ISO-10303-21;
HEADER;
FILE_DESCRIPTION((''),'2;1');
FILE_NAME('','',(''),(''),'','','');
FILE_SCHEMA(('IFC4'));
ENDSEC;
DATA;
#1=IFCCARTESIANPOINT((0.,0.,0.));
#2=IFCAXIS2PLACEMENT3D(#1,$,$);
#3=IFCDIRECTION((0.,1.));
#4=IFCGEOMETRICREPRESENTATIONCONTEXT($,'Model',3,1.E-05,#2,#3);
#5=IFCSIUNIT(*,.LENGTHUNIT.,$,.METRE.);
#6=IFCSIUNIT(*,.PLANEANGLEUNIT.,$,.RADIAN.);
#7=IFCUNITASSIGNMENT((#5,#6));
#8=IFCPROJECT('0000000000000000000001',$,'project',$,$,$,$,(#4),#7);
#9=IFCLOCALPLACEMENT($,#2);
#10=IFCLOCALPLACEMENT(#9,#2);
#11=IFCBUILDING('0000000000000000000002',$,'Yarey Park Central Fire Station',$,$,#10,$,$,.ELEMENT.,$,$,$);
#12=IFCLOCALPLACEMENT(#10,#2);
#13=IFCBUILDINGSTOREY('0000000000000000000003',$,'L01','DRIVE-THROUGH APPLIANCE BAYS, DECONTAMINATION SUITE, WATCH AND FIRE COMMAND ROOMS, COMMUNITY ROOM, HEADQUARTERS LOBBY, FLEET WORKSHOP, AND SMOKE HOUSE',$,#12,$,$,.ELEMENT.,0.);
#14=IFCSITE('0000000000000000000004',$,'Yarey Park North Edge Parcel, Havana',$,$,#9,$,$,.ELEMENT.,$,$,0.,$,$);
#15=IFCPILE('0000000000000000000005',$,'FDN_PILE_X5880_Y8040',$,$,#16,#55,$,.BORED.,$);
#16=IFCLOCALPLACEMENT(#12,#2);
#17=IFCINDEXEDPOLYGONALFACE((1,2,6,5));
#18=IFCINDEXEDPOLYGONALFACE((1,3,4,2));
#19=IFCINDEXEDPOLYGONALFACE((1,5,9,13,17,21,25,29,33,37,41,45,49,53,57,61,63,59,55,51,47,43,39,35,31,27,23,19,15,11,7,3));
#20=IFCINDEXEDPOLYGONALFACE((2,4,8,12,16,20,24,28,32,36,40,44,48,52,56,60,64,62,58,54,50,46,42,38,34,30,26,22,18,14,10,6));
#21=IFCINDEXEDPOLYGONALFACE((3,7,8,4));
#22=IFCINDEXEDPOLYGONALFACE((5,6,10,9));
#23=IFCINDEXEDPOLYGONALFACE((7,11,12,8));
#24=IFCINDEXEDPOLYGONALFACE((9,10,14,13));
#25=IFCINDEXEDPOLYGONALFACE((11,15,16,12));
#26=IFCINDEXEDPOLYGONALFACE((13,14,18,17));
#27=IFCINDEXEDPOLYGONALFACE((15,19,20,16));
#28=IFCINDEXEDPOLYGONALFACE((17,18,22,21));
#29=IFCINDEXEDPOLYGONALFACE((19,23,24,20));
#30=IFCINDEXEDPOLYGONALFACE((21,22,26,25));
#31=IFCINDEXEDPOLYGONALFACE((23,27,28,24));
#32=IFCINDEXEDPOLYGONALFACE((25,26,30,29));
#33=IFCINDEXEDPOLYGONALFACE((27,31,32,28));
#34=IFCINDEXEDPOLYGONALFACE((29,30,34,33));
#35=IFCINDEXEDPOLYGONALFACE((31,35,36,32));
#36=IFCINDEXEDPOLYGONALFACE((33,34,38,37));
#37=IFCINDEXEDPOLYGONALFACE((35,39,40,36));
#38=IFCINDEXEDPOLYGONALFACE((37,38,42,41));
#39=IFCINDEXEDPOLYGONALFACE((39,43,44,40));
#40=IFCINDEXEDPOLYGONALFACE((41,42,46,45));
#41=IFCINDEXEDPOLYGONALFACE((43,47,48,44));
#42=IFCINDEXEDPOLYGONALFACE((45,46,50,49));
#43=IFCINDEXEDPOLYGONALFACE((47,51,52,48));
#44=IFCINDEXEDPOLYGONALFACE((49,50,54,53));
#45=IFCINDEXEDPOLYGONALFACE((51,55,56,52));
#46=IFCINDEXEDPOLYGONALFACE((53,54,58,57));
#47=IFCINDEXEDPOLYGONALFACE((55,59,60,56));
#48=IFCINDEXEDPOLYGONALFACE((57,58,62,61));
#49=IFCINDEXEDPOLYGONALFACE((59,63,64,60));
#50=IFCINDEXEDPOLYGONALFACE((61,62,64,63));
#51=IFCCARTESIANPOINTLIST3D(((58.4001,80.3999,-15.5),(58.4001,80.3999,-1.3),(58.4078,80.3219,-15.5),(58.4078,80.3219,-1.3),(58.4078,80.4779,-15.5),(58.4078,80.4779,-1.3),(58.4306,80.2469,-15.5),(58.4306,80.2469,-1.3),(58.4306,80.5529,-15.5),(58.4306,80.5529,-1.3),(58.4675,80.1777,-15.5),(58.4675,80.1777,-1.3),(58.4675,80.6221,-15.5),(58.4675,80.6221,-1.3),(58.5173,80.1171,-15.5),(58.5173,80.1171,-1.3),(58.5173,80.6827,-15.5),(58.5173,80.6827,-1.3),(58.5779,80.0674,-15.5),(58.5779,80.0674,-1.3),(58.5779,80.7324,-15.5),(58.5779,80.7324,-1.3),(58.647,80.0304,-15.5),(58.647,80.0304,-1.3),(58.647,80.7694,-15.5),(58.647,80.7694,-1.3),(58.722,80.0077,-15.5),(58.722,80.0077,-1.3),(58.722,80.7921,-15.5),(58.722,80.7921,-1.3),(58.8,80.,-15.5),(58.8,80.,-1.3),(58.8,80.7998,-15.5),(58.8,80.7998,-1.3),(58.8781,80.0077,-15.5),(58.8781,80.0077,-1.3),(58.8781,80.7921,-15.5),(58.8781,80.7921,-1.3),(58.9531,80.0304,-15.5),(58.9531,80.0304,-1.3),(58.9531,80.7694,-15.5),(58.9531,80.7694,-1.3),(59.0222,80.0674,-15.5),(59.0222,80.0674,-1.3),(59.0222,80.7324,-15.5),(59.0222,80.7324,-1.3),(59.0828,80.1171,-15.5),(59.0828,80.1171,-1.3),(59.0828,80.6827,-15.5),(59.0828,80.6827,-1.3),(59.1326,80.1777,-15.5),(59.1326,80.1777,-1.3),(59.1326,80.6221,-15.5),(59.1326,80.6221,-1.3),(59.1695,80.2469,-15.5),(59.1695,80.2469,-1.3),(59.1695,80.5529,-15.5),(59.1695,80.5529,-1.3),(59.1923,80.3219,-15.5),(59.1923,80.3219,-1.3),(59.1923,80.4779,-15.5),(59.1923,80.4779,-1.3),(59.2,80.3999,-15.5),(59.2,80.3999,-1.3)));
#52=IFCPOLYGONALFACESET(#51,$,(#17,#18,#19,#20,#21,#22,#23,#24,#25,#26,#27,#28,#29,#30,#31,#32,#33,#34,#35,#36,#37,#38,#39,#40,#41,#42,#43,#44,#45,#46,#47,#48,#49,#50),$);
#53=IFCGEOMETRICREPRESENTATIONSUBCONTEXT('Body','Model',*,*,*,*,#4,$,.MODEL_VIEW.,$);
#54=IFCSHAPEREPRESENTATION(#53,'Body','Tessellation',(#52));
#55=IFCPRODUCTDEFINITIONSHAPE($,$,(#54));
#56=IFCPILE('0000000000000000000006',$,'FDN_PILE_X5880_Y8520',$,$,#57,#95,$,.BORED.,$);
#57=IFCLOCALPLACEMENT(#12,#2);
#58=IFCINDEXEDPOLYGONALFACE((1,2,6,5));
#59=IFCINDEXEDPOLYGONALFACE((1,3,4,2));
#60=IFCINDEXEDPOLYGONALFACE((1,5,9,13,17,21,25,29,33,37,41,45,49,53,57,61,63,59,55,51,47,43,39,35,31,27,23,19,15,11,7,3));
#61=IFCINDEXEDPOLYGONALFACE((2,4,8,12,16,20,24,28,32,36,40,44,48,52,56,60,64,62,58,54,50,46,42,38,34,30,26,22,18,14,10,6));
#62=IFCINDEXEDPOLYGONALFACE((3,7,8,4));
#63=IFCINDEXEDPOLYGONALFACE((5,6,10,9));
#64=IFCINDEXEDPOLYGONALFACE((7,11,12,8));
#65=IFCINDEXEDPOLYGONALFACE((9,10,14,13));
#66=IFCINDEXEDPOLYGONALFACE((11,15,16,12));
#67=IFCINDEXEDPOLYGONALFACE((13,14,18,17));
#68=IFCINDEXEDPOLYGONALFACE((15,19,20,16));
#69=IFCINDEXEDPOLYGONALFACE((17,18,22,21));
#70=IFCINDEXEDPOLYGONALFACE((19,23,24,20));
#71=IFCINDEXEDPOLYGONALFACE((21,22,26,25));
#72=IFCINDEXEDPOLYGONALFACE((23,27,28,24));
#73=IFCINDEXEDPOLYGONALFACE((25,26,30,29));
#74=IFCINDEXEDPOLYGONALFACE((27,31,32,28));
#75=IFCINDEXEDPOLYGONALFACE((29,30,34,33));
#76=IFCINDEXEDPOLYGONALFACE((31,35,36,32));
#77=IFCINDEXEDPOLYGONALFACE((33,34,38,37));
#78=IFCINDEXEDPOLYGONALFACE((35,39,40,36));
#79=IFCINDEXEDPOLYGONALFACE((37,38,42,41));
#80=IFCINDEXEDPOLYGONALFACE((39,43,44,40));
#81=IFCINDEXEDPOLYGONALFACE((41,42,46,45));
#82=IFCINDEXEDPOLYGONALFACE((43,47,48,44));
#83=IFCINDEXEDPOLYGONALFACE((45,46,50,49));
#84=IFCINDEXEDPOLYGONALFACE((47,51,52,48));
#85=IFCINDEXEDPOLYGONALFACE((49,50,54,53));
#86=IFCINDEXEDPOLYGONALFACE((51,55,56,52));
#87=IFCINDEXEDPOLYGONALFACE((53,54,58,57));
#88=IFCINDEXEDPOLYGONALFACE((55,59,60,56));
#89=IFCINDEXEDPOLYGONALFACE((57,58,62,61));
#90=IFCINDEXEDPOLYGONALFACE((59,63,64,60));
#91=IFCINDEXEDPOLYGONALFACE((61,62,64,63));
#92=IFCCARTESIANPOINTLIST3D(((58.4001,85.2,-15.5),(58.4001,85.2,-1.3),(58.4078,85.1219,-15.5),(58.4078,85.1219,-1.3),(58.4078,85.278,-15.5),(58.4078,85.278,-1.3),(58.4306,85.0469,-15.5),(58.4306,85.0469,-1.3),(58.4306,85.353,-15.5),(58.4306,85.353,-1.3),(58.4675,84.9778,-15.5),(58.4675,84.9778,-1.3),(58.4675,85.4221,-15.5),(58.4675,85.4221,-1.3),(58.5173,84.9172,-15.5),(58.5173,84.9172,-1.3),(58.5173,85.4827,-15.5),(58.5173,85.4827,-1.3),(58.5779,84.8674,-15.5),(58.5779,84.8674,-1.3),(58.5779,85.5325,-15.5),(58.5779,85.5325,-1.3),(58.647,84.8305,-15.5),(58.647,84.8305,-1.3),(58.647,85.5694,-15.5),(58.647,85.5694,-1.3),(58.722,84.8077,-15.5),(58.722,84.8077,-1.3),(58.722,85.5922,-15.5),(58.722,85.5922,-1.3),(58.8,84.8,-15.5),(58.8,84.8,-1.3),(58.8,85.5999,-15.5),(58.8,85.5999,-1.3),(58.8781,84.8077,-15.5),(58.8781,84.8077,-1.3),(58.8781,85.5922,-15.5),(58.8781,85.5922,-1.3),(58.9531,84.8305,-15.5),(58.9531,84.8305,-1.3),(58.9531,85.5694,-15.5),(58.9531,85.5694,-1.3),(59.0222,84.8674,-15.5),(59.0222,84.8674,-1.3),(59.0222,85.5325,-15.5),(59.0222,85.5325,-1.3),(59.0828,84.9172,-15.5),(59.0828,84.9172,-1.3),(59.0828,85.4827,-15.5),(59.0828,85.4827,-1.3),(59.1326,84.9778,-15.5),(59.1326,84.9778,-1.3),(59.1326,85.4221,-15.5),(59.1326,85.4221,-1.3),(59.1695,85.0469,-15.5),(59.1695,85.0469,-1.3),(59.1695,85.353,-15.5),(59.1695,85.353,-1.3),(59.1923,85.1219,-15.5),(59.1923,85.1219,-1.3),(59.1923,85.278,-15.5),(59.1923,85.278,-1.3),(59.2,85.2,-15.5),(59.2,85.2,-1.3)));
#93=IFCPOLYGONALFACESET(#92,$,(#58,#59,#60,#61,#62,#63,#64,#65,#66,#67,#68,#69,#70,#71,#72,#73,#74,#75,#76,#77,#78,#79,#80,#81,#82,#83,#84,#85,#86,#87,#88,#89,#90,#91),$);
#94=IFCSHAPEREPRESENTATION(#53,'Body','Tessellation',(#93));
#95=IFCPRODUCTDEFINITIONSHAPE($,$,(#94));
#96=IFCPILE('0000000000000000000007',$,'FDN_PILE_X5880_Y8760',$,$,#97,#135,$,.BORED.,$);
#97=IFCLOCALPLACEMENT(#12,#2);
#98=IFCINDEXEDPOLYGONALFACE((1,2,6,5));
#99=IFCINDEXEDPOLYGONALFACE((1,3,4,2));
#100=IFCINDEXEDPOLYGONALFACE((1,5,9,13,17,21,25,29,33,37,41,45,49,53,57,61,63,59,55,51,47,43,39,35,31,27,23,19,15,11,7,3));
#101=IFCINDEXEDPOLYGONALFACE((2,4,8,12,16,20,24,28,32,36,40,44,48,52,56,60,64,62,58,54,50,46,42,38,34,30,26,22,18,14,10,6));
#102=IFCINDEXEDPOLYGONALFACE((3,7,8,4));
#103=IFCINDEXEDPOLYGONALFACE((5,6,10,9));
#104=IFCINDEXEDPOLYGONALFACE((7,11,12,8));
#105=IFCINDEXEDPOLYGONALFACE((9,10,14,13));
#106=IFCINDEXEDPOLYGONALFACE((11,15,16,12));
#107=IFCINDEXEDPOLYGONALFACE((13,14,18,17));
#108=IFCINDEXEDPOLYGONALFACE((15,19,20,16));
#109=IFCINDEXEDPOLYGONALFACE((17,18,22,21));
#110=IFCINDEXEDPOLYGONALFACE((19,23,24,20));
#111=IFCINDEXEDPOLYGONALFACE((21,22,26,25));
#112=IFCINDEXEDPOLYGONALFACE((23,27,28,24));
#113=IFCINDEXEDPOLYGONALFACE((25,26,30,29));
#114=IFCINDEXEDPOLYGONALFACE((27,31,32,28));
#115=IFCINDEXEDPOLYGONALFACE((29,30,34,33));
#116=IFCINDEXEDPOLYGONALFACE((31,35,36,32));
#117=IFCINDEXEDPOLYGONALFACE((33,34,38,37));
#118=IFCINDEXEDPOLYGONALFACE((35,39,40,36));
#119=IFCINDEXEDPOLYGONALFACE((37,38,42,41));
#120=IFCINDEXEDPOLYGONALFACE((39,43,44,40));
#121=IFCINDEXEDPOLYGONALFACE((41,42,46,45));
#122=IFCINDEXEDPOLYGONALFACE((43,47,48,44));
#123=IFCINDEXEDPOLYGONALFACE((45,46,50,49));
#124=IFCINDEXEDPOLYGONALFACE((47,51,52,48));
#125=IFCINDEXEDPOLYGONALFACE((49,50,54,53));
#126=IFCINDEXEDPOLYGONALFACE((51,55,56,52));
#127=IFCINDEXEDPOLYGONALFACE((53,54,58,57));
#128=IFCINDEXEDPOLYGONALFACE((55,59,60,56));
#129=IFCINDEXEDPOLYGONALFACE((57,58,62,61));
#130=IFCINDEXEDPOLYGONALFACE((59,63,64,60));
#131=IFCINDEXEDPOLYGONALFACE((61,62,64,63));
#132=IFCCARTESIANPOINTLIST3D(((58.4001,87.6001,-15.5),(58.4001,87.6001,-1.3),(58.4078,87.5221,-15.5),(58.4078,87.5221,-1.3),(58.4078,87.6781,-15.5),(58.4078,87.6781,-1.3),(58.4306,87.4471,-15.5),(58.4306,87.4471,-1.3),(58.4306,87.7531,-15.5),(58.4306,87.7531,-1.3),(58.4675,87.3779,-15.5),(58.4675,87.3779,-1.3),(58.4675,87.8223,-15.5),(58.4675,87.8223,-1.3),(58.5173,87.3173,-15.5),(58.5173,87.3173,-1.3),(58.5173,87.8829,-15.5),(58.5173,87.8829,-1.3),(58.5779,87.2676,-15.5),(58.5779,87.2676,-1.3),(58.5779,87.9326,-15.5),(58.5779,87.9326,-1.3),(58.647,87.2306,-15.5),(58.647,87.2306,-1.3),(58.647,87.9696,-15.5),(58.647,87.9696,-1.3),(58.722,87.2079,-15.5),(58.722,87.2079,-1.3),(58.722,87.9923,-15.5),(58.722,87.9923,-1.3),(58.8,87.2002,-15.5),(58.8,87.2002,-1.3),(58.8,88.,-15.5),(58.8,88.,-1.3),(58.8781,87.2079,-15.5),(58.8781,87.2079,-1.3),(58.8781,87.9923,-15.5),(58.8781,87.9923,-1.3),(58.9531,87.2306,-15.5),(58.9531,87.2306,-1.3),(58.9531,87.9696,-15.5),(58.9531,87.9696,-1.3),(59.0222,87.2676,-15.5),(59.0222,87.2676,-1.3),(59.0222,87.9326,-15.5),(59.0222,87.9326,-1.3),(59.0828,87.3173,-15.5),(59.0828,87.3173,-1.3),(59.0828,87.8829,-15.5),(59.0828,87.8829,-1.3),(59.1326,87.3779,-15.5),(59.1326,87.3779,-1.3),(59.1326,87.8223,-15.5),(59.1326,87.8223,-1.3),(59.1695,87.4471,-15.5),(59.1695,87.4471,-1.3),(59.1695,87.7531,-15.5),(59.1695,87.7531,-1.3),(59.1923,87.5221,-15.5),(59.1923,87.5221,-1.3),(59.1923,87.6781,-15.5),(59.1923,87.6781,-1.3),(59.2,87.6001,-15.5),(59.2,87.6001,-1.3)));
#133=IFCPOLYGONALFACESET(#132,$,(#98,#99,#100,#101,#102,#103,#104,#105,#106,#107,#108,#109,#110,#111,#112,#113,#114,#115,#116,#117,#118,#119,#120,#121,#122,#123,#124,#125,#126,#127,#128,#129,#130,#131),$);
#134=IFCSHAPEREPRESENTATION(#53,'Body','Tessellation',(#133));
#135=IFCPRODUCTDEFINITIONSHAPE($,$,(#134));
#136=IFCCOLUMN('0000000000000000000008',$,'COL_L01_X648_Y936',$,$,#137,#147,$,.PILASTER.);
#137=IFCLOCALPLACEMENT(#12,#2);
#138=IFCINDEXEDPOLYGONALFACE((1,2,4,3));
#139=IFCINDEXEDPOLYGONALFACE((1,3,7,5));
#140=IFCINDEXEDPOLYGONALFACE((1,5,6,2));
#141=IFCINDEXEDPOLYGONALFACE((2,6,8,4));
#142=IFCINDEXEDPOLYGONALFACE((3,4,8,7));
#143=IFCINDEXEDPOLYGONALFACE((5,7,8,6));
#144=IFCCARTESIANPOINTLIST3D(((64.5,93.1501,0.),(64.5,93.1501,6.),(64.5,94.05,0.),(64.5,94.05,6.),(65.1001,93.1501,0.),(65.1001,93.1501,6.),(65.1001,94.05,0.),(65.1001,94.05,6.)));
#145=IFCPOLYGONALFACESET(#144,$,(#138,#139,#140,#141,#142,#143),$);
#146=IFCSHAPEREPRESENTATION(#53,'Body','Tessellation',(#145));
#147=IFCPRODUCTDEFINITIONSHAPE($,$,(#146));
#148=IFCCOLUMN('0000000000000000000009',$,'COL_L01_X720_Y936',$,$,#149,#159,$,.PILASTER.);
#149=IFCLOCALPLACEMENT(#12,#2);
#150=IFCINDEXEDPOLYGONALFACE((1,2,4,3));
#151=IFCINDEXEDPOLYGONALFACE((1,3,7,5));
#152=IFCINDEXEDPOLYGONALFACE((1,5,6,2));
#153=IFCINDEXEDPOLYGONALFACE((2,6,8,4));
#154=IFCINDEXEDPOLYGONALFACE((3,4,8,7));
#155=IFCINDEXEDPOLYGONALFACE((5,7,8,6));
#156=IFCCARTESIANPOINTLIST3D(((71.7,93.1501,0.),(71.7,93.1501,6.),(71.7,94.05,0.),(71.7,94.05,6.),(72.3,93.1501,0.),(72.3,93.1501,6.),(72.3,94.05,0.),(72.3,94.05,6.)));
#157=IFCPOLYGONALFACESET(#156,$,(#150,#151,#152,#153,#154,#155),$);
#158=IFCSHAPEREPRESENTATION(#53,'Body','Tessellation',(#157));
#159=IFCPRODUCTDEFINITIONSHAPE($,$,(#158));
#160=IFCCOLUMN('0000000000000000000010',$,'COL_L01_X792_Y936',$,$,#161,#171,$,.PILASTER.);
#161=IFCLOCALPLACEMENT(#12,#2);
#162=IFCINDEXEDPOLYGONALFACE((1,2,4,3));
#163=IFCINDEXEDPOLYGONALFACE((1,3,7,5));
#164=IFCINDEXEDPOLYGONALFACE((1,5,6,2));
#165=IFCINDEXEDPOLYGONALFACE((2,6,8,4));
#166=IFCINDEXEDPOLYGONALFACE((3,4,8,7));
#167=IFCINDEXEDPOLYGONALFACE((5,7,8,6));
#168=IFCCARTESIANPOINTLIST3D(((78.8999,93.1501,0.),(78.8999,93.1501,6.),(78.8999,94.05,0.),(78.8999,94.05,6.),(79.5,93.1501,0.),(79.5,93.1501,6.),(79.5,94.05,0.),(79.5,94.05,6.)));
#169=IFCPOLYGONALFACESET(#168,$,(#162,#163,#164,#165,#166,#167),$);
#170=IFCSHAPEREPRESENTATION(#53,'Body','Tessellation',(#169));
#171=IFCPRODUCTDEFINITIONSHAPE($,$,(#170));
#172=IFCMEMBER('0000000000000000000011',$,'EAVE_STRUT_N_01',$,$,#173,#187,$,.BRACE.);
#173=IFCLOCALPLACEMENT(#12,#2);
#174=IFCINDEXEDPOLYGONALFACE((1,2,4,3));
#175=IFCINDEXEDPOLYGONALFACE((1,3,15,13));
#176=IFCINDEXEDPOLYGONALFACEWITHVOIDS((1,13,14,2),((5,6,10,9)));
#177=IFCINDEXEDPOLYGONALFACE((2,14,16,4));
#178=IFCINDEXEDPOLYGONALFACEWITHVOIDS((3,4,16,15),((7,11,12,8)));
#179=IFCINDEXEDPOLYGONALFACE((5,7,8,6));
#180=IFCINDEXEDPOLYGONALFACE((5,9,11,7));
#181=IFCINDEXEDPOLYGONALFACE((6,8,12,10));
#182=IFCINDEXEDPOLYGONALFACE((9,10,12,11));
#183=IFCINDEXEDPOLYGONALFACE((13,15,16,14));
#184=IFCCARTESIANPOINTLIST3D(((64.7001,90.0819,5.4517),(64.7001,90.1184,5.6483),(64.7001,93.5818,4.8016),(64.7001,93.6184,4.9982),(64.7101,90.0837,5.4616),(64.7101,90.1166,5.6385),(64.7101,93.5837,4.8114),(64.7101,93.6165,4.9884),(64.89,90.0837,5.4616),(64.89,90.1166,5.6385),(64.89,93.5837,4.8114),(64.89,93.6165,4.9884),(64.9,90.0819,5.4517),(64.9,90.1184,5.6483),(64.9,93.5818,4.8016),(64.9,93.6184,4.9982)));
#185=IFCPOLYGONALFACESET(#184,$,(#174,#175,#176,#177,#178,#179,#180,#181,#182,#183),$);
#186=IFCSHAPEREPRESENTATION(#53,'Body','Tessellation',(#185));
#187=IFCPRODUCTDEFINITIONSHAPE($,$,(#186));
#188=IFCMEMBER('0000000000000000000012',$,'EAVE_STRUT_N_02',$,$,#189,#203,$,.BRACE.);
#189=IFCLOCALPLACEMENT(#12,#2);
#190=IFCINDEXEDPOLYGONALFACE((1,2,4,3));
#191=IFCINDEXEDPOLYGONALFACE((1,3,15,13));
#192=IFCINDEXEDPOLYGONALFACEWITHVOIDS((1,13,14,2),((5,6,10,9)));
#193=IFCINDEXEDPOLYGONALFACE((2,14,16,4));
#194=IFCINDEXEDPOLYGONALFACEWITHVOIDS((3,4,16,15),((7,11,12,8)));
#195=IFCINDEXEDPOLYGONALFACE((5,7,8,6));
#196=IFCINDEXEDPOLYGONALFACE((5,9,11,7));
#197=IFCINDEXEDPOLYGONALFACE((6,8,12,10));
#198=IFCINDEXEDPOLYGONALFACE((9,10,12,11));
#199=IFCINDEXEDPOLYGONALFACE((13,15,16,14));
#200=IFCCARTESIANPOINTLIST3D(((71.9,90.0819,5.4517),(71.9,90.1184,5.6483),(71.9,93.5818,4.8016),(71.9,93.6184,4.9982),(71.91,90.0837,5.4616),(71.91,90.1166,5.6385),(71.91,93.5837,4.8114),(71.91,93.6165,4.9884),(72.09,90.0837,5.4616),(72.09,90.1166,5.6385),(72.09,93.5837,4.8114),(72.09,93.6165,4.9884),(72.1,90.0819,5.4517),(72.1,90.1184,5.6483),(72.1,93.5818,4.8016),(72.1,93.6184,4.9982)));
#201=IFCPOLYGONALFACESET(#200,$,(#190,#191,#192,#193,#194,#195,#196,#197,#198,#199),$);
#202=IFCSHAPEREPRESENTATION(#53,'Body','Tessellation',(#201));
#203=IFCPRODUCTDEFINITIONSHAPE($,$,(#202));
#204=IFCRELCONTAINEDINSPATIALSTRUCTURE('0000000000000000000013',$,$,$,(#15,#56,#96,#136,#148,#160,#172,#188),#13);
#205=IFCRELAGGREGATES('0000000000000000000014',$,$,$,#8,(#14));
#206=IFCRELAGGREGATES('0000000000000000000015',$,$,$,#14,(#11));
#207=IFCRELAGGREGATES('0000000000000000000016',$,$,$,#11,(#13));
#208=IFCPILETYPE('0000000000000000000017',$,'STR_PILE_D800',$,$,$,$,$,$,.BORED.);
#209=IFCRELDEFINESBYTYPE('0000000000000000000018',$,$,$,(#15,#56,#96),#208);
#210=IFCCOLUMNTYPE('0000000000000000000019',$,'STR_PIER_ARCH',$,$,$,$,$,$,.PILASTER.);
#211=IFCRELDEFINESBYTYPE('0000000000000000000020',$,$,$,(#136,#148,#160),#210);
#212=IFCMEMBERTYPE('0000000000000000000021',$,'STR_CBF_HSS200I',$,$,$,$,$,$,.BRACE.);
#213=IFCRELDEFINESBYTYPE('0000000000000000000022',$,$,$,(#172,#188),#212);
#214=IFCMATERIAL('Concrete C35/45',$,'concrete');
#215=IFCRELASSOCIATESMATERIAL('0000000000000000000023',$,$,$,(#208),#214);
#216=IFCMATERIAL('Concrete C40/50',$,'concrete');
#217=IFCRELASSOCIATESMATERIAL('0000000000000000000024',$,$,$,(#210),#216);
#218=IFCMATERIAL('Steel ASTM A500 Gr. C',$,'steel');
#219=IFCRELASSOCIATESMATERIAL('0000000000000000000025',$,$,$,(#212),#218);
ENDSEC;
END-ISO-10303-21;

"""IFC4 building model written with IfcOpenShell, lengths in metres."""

from ifc_helpers import new_model, si_unit, direction, frame, origin, origin_2d, place, context, subcontext, project, spatial, rectangle, hollow_rectangle, circle, extrude, material, material_profile, profile_set, type_object, element, save


model = new_model("IFC4")

# Units and contexts
model_context = context("Model", 3, precision=1e-05, world=origin(), true_north=direction((0.0, 1.0)))
body_context = subcontext(model_context, "Body", "Model", "MODEL_VIEW")
ifc_project = project(units=[si_unit("LENGTHUNIT", "METRE"), si_unit("PLANEANGLEUNIT", "RADIAN")], contexts=[model_context])

# Site, building, storey
site_placement = place(None, origin())
site = spatial("IfcSite", under=ifc_project, at=site_placement, Name="Yarey Park North Edge Parcel, Havana", CompositionType="ELEMENT", RefElevation=0.0)
building_placement = place(site_placement, origin())
building = spatial("IfcBuilding", under=site, at=building_placement, Name="Yarey Park Central Fire Station", CompositionType="ELEMENT")
storey_placement = place(building_placement, origin())
storey = spatial("IfcBuildingStorey", under=building, at=storey_placement, Name="L01", Description="DRIVE-THROUGH APPLIANCE BAYS, DECONTAMINATION SUITE, WATCH AND FIRE COMMAND ROOMS, COMMUNITY ROOM, HEADQUARTERS LOBBY, FLEET WORKSHOP, AND SMOKE HOUSE", CompositionType="ELEMENT", Elevation=0.0)

# Shared definitions
ifc_material_1 = material(Name="Concrete C35/45", Category="concrete")

# Piles
ifc_material_profile_1 = material_profile(ifc_material_1, circle(Radius=0.3999, at=origin_2d()), Name="BORED PILE D800")
ifc_profile_set_1 = profile_set([ifc_material_profile_1], Name="Concrete C35/45")
pile_type_1 = type_object("IfcPileType", Name="STR_PILE_D800", PredefinedType="BORED", material=ifc_profile_set_1)
for number, where, z_axis, x_axis, name in (
    (1, (58.8, 80.3999, -1.3), (0.0, 0.0, -1.0), (1.0, 0.0, 0.0), "FDN_PILE_X5880_Y8040"),
    (2, (58.8, 85.2, -1.3), (0.0, 0.0, -1.0), (1.0, 0.0, 0.0), "FDN_PILE_X5880_Y8520"),
    (3, (58.8, 87.6001, -1.3), (0.0, 0.0, -1.0), (1.0, 0.0, 0.0), "FDN_PILE_X5880_Y8760"),
):
    element("IfcPile", number, at=place(storey_placement, frame(where, z_axis=z_axis, x_axis=x_axis)), inside=storey, type_object=pile_type_1, Name=name, PredefinedType="BORED", context=body_context, shape_type="SweptSolid", body=[
        extrude(circle(Radius=0.3999, at=origin_2d()), origin(), (0.0, 0.0, 1.0), 14.2),
    ])

# Columns
ifc_material_2 = material(Name="Concrete C40/50", Category="concrete")
ifc_material_profile_2 = material_profile(ifc_material_2, rectangle(XDim=0.6001, YDim=0.8999, at=origin_2d()), Name="RC 900x600")
ifc_profile_set_2 = profile_set([ifc_material_profile_2], Name="Concrete C40/50")
column_type = type_object("IfcColumnType", Name="STR_PIER_ARCH", PredefinedType="PILASTER", material=ifc_profile_set_2)
for number, where, z_axis, x_axis, name in (
    (4, (64.8, 93.6001, 0.0), (0.0, 0.0, 1.0), (1.0, 0.0, 0.0), "COL_L01_X648_Y936"),
    (5, (72.0, 93.6001, 0.0), (0.0, 0.0, 1.0), (1.0, 0.0, 0.0), "COL_L01_X720_Y936"),
    (6, (79.2, 93.6001, 0.0), (0.0, 0.0, 1.0), (1.0, 0.0, 0.0), "COL_L01_X792_Y936"),
):
    element("IfcColumn", number, at=place(storey_placement, frame(where, z_axis=z_axis, x_axis=x_axis)), inside=storey, type_object=column_type, Name=name, PredefinedType="PILASTER", context=body_context, shape_type="SweptSolid", body=[
        extrude(rectangle(XDim=0.6001, YDim=0.8999, at=origin_2d()), origin(), (0.0, 0.0, 1.0), 6.0),
    ])

# Members
ifc_material_3 = material(Name="Steel ASTM A500 Gr. C", Category="steel")
ifc_material_profile_3 = material_profile(ifc_material_3, hollow_rectangle(XDim=0.2, YDim=0.2, WallThickness=0.01, at=origin_2d()), Name="HSS 200x200x10")
ifc_profile_set_3 = profile_set([ifc_material_profile_3], Name="Steel ASTM A500 Gr. C")
member_type = type_object("IfcMemberType", Name="STR_CBF_HSS200I", PredefinedType="BRACE", material=ifc_profile_set_3)
for number, where, z_axis, x_axis, name in (
    (7, (64.8, 93.6001, 4.8999), (0.0, -0.983181, 0.182632), (1.0, 0.0, 0.0), "EAVE_STRUT_N_01"),
    (8, (72.0, 93.6001, 4.8999), (0.0, -0.983181, 0.182632), (1.0, 0.0, 0.0), "EAVE_STRUT_N_02"),
):
    element("IfcMember", number, at=place(storey_placement, frame(where, z_axis=z_axis, x_axis=x_axis)), inside=storey, type_object=member_type, Name=name, PredefinedType="BRACE", context=body_context, shape_type="SweptSolid", body=[
        extrude(hollow_rectangle(XDim=0.2, YDim=0.2, WallThickness=0.01, at=origin_2d()), origin(), (0.0, 0.0, 1.0), 3.5598),
    ])

save(model, "model.ifc")
